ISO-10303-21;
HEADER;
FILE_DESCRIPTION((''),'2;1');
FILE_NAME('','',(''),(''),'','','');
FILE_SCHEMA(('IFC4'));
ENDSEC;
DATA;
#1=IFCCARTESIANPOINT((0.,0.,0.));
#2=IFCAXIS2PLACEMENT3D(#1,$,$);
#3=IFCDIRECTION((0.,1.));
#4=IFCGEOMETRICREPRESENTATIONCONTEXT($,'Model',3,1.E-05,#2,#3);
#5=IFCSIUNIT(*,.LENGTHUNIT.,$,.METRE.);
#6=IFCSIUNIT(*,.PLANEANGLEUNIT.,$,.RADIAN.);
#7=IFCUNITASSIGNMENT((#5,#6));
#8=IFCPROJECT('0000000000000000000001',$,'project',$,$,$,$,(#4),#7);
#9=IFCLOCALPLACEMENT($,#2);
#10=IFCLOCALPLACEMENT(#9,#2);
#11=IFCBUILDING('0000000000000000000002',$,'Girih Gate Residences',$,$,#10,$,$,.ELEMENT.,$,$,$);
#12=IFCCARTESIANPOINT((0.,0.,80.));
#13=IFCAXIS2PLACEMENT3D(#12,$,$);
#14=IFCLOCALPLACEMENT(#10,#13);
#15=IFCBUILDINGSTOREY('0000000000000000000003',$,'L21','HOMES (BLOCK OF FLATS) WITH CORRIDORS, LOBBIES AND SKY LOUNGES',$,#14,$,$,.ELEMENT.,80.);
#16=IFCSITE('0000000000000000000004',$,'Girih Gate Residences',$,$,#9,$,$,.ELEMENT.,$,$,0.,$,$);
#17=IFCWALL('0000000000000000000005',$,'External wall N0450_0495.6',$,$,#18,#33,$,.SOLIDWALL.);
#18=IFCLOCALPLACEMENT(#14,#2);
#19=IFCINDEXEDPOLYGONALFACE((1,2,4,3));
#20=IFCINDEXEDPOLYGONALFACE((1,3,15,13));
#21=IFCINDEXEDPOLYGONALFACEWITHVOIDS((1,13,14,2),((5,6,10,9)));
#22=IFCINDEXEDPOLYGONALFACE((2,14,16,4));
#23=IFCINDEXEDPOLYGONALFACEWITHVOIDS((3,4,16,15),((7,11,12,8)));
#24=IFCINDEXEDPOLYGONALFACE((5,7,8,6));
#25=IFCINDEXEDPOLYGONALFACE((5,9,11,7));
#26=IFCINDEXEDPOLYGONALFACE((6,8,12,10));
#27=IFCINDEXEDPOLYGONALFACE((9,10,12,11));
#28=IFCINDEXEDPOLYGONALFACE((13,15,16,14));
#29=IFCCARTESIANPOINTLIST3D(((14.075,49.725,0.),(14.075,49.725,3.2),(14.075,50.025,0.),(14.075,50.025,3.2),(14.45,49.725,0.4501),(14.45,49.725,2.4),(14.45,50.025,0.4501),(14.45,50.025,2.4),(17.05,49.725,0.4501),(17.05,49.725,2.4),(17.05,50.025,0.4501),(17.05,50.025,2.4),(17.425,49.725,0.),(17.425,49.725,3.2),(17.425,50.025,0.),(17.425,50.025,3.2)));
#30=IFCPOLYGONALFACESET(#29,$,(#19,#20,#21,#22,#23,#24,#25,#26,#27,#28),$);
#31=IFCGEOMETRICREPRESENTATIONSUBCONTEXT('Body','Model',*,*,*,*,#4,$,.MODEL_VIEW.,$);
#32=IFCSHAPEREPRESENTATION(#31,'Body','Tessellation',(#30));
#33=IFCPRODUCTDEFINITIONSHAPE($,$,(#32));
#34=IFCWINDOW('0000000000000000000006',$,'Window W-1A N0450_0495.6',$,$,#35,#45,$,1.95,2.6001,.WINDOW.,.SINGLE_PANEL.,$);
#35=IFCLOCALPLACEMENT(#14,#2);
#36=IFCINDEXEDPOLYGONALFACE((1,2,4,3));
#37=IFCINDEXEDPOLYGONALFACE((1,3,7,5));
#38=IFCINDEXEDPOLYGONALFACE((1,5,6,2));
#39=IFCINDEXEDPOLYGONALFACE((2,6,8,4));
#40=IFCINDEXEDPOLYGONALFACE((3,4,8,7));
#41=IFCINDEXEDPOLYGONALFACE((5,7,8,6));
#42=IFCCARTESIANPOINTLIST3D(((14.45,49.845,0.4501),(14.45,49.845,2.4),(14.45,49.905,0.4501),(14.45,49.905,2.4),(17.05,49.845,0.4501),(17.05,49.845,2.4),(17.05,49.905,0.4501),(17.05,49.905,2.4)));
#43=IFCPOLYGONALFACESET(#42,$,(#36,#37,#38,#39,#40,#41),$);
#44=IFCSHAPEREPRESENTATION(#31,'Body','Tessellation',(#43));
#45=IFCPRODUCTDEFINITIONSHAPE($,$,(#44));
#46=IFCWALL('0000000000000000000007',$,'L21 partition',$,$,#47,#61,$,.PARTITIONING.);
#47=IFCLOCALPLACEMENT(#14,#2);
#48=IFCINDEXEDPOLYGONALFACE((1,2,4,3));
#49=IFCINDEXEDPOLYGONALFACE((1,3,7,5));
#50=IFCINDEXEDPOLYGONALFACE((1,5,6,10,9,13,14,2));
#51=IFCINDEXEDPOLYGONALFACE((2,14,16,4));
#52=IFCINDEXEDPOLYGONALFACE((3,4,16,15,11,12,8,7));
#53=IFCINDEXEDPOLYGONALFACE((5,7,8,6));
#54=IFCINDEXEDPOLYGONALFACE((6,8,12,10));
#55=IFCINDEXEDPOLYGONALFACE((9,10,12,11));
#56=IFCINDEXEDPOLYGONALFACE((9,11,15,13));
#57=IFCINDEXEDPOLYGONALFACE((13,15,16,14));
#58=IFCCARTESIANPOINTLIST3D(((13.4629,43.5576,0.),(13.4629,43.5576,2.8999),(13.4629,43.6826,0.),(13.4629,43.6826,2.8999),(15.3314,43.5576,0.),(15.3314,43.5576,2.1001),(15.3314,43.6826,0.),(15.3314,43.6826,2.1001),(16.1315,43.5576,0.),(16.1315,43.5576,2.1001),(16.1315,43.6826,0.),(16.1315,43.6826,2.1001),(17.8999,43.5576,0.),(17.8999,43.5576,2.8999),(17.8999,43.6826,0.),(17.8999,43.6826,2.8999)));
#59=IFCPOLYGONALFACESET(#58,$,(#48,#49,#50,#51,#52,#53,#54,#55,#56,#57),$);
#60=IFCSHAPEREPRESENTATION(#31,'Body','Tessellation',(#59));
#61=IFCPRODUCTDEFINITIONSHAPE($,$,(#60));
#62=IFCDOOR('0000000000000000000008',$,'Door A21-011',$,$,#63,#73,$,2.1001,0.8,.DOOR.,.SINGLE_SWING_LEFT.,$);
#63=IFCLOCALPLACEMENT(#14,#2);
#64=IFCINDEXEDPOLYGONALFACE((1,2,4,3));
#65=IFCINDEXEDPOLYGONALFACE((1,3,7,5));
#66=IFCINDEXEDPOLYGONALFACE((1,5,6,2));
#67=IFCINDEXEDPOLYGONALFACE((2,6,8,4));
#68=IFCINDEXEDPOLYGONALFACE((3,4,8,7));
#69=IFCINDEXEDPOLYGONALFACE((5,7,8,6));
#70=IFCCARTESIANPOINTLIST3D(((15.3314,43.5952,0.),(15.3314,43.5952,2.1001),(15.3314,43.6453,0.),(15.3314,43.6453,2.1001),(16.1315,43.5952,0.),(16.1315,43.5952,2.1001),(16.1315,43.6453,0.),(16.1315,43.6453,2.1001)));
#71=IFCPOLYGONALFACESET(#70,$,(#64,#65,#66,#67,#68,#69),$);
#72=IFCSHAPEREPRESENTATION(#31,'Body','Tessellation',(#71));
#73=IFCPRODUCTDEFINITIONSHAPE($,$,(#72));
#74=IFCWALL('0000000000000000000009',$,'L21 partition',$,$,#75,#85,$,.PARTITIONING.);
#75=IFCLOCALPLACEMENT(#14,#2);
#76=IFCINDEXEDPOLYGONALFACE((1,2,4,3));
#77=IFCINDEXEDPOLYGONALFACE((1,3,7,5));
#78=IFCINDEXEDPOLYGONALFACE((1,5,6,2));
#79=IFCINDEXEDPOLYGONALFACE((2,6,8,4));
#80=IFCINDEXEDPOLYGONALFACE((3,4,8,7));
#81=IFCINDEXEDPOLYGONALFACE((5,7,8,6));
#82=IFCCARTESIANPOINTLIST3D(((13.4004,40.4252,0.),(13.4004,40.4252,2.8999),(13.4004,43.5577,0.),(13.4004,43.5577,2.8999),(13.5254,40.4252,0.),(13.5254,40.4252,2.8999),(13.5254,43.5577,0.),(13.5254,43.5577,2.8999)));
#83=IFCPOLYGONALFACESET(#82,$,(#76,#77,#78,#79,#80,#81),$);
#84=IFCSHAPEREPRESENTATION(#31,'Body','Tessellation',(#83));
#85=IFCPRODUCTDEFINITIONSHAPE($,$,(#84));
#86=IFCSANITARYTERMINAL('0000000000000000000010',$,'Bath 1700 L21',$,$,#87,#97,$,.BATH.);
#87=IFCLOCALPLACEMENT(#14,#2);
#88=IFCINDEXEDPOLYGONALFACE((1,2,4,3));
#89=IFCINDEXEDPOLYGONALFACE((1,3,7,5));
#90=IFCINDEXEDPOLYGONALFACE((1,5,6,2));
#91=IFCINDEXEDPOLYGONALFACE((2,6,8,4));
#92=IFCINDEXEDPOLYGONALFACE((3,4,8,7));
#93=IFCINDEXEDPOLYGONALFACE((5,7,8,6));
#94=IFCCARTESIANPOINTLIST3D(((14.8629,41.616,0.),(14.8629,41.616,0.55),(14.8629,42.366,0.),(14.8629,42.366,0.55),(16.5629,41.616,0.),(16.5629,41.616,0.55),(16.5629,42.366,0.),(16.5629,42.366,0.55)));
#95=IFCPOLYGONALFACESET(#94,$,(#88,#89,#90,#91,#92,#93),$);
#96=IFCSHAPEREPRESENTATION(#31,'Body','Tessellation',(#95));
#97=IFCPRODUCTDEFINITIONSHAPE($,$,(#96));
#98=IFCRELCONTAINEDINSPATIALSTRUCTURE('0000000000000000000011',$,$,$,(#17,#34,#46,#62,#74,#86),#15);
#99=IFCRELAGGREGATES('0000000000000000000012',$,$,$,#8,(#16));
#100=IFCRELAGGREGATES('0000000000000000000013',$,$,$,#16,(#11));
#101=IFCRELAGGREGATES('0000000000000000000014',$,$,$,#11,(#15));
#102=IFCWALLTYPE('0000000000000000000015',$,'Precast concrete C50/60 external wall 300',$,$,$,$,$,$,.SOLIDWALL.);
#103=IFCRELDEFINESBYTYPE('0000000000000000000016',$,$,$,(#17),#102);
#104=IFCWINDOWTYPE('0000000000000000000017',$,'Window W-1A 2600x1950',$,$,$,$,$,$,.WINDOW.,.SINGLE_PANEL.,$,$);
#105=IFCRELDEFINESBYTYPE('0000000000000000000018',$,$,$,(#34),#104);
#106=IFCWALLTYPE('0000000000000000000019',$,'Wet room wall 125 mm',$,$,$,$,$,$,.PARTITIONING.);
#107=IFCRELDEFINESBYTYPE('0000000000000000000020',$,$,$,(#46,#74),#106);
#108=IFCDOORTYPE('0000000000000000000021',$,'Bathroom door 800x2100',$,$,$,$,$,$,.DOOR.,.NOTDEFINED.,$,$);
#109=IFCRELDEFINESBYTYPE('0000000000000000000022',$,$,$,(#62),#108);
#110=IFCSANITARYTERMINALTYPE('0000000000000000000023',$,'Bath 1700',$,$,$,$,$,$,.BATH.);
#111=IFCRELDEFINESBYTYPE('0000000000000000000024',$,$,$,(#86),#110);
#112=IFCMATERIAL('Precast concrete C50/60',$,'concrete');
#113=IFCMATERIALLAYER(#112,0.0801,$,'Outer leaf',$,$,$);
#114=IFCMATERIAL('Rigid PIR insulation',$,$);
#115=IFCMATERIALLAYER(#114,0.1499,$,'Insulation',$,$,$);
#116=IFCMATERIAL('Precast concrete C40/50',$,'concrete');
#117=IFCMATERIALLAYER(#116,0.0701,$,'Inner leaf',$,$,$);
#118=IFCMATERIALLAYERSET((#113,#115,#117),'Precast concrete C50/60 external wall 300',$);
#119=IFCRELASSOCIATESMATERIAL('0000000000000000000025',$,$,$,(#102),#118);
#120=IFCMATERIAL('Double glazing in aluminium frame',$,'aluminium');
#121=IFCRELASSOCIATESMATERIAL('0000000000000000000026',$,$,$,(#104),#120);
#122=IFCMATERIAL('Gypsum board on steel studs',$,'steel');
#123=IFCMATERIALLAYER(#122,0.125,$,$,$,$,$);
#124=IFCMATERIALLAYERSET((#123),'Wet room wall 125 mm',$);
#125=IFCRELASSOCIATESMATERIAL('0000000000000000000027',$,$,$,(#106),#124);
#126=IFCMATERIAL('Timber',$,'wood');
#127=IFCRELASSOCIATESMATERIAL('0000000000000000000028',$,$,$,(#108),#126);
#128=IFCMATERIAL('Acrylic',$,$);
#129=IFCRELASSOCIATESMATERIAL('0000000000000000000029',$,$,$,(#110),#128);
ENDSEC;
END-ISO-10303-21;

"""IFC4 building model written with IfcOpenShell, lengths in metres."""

from ifc_helpers import new_model, si_unit, direction, frame, frame_2d, origin, origin_2d, place, context, subcontext, project, spatial, rectangle, extrude, material, layer, layer_set, type_object, element, fill, save


model = new_model("IFC4")

# Units and contexts
model_context = context("Model", 3, precision=1e-05, world=origin(), true_north=direction((0.0, 1.0)))
body_context = subcontext(model_context, "Body", "Model", "MODEL_VIEW")
ifc_project = project(units=[si_unit("LENGTHUNIT", "METRE"), si_unit("PLANEANGLEUNIT", "RADIAN")], contexts=[model_context])

# Site, building, storey
site_placement = place(None, origin())
site = spatial("IfcSite", under=ifc_project, at=site_placement, Name="Girih Gate Residences", CompositionType="ELEMENT", RefElevation=0.0)
building_placement = place(site_placement, origin())
building = spatial("IfcBuilding", under=site, at=building_placement, Name="Girih Gate Residences", CompositionType="ELEMENT")
storey_placement = place(building_placement, frame((0.0, 0.0, 80.0)))
storey = spatial("IfcBuildingStorey", under=building, at=storey_placement, Name="L21", Description="HOMES (BLOCK OF FLATS) WITH CORRIDORS, LOBBIES AND SKY LOUNGES", CompositionType="ELEMENT", Elevation=80.0)

# Shared definitions
ifc_material_1 = material(Name="Gypsum board on steel studs", Category="steel")

# Shared definitions
ifc_material_2 = material(Name="Timber", Category="wood")

# Wall, opening, window
ifc_material_3 = material(Name="Precast concrete C50/60", Category="concrete")
ifc_layer_1 = layer(ifc_material_3, 0.0801, Name="Outer leaf")
ifc_material_4 = material(Name="Rigid PIR insulation")
ifc_layer_2 = layer(ifc_material_4, 0.1499, Name="Insulation")
ifc_material_5 = material(Name="Precast concrete C40/50", Category="concrete")
ifc_layer_3 = layer(ifc_material_5, 0.0701, Name="Inner leaf")
ifc_layer_set_1 = layer_set([ifc_layer_1, ifc_layer_2, ifc_layer_3], Name="Precast concrete C50/60 external wall 300")
wall_type_1 = type_object("IfcWallType", Name="Precast concrete C50/60 external wall 300", PredefinedType="SOLIDWALL", material=ifc_layer_set_1)
wall_1_placement = place(storey_placement, frame((14.075, 49.875, 0.0), z_axis=(0.0, 0.0, 1.0), x_axis=(1.0, 0.0, 0.0)))
wall_1 = element("IfcWall", 1, at=wall_1_placement, inside=storey, type_object=wall_type_1, Name="External wall N0450_0495.6", PredefinedType="SOLIDWALL", context=body_context, shape_type="SweptSolid", body=[
    extrude(rectangle(XDim=3.3501, YDim=0.3, at=frame_2d((1.675, 0.0))), origin(), (0.0, 0.0, 1.0), 3.2),
])
opening_1_placement = place(wall_1_placement, frame((0.375, 0.0, 0.45)))
opening_1 = element("IfcOpeningElement", 2, at=opening_1_placement, cuts=wall_1, PredefinedType="OPENING", context=body_context, shape_type="SweptSolid", body=[
    extrude(rectangle(XDim=2.6001, YDim=1.95, at=frame_2d((1.3, 0.9751))), frame((0.0, 0.1599, 0.0), z_axis=(0.0, -1.0, 0.0), x_axis=(1.0, 0.0, 0.0)), (0.0, 0.0, 1.0), 0.3201),
])
ifc_material_6 = material(Name="Double glazing in aluminium frame", Category="aluminium")
window_type = type_object("IfcWindowType", Name="Window W-1A 2600x1950", PartitioningType="SINGLE_PANEL", PredefinedType="WINDOW", material=ifc_material_6)
window_placement = place(opening_1_placement, origin())
window = element("IfcWindow", 3, at=window_placement, inside=storey, type_object=window_type, Name="Window W-1A N0450_0495.6", OverallHeight=1.95, OverallWidth=2.6001, PartitioningType="SINGLE_PANEL", PredefinedType="WINDOW", context=body_context, shape_type="SweptSolid", body=[
    extrude(rectangle(XDim=2.6001, YDim=1.95, at=frame_2d((1.3, 0.9751))), frame((0.0, 0.03, 0.0), z_axis=(0.0, -1.0, 0.0), x_axis=(1.0, 0.0, 0.0)), (0.0, 0.0, 1.0), 0.0601),
])
fill(opening_1, window)

# Wall, opening, door
ifc_layer_4 = layer(ifc_material_1, 0.125)
ifc_layer_set_2 = layer_set([ifc_layer_4], Name="Wet room wall 125 mm")
wall_type_2 = type_object("IfcWallType", Name="Wet room wall 125 mm", PredefinedType="PARTITIONING", material=ifc_layer_set_2)
wall_2_placement = place(storey_placement, frame((17.8999, 43.6201, 0.0), z_axis=(0.0, 0.0, 1.0), x_axis=(-1.0, 0.0, 0.0)))
wall_2 = element("IfcWall", 4, at=wall_2_placement, inside=storey, type_object=wall_type_2, Name="L21 partition", PredefinedType="PARTITIONING", context=body_context, shape_type="SweptSolid", body=[
    extrude(rectangle(XDim=4.437, YDim=0.125, at=frame_2d((2.2185, 0.0))), origin(), (0.0, 0.0, 1.0), 2.8999),
])
opening_2_placement = place(wall_2_placement, frame((1.7686, 0.0, 0.0)))
opening_2 = element("IfcOpeningElement", 5, at=opening_2_placement, cuts=wall_2, PredefinedType="OPENING", context=body_context, shape_type="SweptSolid", body=[
    extrude(rectangle(XDim=0.8, YDim=2.1001, at=frame_2d((0.3999, 1.05))), frame((0.0, 0.0725, 0.0), z_axis=(0.0, -1.0, 0.0), x_axis=(1.0, 0.0, 0.0)), (0.0, 0.0, 1.0), 0.145),
])
door_type_1 = type_object("IfcDoorType", Name="Bathroom door 800x2100", OperationType="NOTDEFINED", PredefinedType="DOOR", material=ifc_material_2)
door_1_placement = place(opening_2_placement, origin())
door_1 = element("IfcDoor", 6, at=door_1_placement, inside=storey, type_object=door_type_1, Name="Door A21-011", OperationType="SINGLE_SWING_LEFT", OverallHeight=2.1001, OverallWidth=0.8, PredefinedType="DOOR", context=body_context, shape_type="SweptSolid", body=[
    extrude(rectangle(XDim=0.8, YDim=2.1001, at=frame_2d((0.3999, 1.05))), frame((0.0, 0.0249, 0.0), z_axis=(0.0, -1.0, 0.0), x_axis=(1.0, 0.0, 0.0)), (0.0, 0.0, 1.0), 0.05),
])
fill(opening_2, door_1)

# Wall
wall_3_placement = place(storey_placement, frame((13.4629, 40.425, 0.0), z_axis=(0.0, 0.0, 1.0), x_axis=(0.0, 1.0, 0.0)))
element("IfcWall", 7, at=wall_3_placement, inside=storey, type_object=wall_type_2, Name="L21 partition", PredefinedType="PARTITIONING", context=body_context, shape_type="SweptSolid", body=[
    extrude(rectangle(XDim=3.1326, YDim=0.125, at=frame_2d((1.5664, 0.0))), origin(), (0.0, 0.0, 1.0), 2.8999),
])

# Sanitary terminal
ifc_material_7 = material(Name="Acrylic")
sanitary_terminal_type = type_object("IfcSanitaryTerminalType", Name="Bath 1700", PredefinedType="BATH", material=ifc_material_7)
sanitary_terminal_placement = place(storey_placement, frame((15.7129, 41.991, 0.0), z_axis=(0.0, 0.0, 1.0), x_axis=(1.0, 0.0, 0.0)))
element("IfcSanitaryTerminal", 8, at=sanitary_terminal_placement, inside=storey, type_object=sanitary_terminal_type, Name="Bath 1700 L21", PredefinedType="BATH", context=body_context, shape_type="SweptSolid", body=[
    extrude(rectangle(XDim=1.7, YDim=0.75, at=origin_2d()), origin(), (0.0, 0.0, 1.0), 0.55),
])

save(model, "model.ifc")
